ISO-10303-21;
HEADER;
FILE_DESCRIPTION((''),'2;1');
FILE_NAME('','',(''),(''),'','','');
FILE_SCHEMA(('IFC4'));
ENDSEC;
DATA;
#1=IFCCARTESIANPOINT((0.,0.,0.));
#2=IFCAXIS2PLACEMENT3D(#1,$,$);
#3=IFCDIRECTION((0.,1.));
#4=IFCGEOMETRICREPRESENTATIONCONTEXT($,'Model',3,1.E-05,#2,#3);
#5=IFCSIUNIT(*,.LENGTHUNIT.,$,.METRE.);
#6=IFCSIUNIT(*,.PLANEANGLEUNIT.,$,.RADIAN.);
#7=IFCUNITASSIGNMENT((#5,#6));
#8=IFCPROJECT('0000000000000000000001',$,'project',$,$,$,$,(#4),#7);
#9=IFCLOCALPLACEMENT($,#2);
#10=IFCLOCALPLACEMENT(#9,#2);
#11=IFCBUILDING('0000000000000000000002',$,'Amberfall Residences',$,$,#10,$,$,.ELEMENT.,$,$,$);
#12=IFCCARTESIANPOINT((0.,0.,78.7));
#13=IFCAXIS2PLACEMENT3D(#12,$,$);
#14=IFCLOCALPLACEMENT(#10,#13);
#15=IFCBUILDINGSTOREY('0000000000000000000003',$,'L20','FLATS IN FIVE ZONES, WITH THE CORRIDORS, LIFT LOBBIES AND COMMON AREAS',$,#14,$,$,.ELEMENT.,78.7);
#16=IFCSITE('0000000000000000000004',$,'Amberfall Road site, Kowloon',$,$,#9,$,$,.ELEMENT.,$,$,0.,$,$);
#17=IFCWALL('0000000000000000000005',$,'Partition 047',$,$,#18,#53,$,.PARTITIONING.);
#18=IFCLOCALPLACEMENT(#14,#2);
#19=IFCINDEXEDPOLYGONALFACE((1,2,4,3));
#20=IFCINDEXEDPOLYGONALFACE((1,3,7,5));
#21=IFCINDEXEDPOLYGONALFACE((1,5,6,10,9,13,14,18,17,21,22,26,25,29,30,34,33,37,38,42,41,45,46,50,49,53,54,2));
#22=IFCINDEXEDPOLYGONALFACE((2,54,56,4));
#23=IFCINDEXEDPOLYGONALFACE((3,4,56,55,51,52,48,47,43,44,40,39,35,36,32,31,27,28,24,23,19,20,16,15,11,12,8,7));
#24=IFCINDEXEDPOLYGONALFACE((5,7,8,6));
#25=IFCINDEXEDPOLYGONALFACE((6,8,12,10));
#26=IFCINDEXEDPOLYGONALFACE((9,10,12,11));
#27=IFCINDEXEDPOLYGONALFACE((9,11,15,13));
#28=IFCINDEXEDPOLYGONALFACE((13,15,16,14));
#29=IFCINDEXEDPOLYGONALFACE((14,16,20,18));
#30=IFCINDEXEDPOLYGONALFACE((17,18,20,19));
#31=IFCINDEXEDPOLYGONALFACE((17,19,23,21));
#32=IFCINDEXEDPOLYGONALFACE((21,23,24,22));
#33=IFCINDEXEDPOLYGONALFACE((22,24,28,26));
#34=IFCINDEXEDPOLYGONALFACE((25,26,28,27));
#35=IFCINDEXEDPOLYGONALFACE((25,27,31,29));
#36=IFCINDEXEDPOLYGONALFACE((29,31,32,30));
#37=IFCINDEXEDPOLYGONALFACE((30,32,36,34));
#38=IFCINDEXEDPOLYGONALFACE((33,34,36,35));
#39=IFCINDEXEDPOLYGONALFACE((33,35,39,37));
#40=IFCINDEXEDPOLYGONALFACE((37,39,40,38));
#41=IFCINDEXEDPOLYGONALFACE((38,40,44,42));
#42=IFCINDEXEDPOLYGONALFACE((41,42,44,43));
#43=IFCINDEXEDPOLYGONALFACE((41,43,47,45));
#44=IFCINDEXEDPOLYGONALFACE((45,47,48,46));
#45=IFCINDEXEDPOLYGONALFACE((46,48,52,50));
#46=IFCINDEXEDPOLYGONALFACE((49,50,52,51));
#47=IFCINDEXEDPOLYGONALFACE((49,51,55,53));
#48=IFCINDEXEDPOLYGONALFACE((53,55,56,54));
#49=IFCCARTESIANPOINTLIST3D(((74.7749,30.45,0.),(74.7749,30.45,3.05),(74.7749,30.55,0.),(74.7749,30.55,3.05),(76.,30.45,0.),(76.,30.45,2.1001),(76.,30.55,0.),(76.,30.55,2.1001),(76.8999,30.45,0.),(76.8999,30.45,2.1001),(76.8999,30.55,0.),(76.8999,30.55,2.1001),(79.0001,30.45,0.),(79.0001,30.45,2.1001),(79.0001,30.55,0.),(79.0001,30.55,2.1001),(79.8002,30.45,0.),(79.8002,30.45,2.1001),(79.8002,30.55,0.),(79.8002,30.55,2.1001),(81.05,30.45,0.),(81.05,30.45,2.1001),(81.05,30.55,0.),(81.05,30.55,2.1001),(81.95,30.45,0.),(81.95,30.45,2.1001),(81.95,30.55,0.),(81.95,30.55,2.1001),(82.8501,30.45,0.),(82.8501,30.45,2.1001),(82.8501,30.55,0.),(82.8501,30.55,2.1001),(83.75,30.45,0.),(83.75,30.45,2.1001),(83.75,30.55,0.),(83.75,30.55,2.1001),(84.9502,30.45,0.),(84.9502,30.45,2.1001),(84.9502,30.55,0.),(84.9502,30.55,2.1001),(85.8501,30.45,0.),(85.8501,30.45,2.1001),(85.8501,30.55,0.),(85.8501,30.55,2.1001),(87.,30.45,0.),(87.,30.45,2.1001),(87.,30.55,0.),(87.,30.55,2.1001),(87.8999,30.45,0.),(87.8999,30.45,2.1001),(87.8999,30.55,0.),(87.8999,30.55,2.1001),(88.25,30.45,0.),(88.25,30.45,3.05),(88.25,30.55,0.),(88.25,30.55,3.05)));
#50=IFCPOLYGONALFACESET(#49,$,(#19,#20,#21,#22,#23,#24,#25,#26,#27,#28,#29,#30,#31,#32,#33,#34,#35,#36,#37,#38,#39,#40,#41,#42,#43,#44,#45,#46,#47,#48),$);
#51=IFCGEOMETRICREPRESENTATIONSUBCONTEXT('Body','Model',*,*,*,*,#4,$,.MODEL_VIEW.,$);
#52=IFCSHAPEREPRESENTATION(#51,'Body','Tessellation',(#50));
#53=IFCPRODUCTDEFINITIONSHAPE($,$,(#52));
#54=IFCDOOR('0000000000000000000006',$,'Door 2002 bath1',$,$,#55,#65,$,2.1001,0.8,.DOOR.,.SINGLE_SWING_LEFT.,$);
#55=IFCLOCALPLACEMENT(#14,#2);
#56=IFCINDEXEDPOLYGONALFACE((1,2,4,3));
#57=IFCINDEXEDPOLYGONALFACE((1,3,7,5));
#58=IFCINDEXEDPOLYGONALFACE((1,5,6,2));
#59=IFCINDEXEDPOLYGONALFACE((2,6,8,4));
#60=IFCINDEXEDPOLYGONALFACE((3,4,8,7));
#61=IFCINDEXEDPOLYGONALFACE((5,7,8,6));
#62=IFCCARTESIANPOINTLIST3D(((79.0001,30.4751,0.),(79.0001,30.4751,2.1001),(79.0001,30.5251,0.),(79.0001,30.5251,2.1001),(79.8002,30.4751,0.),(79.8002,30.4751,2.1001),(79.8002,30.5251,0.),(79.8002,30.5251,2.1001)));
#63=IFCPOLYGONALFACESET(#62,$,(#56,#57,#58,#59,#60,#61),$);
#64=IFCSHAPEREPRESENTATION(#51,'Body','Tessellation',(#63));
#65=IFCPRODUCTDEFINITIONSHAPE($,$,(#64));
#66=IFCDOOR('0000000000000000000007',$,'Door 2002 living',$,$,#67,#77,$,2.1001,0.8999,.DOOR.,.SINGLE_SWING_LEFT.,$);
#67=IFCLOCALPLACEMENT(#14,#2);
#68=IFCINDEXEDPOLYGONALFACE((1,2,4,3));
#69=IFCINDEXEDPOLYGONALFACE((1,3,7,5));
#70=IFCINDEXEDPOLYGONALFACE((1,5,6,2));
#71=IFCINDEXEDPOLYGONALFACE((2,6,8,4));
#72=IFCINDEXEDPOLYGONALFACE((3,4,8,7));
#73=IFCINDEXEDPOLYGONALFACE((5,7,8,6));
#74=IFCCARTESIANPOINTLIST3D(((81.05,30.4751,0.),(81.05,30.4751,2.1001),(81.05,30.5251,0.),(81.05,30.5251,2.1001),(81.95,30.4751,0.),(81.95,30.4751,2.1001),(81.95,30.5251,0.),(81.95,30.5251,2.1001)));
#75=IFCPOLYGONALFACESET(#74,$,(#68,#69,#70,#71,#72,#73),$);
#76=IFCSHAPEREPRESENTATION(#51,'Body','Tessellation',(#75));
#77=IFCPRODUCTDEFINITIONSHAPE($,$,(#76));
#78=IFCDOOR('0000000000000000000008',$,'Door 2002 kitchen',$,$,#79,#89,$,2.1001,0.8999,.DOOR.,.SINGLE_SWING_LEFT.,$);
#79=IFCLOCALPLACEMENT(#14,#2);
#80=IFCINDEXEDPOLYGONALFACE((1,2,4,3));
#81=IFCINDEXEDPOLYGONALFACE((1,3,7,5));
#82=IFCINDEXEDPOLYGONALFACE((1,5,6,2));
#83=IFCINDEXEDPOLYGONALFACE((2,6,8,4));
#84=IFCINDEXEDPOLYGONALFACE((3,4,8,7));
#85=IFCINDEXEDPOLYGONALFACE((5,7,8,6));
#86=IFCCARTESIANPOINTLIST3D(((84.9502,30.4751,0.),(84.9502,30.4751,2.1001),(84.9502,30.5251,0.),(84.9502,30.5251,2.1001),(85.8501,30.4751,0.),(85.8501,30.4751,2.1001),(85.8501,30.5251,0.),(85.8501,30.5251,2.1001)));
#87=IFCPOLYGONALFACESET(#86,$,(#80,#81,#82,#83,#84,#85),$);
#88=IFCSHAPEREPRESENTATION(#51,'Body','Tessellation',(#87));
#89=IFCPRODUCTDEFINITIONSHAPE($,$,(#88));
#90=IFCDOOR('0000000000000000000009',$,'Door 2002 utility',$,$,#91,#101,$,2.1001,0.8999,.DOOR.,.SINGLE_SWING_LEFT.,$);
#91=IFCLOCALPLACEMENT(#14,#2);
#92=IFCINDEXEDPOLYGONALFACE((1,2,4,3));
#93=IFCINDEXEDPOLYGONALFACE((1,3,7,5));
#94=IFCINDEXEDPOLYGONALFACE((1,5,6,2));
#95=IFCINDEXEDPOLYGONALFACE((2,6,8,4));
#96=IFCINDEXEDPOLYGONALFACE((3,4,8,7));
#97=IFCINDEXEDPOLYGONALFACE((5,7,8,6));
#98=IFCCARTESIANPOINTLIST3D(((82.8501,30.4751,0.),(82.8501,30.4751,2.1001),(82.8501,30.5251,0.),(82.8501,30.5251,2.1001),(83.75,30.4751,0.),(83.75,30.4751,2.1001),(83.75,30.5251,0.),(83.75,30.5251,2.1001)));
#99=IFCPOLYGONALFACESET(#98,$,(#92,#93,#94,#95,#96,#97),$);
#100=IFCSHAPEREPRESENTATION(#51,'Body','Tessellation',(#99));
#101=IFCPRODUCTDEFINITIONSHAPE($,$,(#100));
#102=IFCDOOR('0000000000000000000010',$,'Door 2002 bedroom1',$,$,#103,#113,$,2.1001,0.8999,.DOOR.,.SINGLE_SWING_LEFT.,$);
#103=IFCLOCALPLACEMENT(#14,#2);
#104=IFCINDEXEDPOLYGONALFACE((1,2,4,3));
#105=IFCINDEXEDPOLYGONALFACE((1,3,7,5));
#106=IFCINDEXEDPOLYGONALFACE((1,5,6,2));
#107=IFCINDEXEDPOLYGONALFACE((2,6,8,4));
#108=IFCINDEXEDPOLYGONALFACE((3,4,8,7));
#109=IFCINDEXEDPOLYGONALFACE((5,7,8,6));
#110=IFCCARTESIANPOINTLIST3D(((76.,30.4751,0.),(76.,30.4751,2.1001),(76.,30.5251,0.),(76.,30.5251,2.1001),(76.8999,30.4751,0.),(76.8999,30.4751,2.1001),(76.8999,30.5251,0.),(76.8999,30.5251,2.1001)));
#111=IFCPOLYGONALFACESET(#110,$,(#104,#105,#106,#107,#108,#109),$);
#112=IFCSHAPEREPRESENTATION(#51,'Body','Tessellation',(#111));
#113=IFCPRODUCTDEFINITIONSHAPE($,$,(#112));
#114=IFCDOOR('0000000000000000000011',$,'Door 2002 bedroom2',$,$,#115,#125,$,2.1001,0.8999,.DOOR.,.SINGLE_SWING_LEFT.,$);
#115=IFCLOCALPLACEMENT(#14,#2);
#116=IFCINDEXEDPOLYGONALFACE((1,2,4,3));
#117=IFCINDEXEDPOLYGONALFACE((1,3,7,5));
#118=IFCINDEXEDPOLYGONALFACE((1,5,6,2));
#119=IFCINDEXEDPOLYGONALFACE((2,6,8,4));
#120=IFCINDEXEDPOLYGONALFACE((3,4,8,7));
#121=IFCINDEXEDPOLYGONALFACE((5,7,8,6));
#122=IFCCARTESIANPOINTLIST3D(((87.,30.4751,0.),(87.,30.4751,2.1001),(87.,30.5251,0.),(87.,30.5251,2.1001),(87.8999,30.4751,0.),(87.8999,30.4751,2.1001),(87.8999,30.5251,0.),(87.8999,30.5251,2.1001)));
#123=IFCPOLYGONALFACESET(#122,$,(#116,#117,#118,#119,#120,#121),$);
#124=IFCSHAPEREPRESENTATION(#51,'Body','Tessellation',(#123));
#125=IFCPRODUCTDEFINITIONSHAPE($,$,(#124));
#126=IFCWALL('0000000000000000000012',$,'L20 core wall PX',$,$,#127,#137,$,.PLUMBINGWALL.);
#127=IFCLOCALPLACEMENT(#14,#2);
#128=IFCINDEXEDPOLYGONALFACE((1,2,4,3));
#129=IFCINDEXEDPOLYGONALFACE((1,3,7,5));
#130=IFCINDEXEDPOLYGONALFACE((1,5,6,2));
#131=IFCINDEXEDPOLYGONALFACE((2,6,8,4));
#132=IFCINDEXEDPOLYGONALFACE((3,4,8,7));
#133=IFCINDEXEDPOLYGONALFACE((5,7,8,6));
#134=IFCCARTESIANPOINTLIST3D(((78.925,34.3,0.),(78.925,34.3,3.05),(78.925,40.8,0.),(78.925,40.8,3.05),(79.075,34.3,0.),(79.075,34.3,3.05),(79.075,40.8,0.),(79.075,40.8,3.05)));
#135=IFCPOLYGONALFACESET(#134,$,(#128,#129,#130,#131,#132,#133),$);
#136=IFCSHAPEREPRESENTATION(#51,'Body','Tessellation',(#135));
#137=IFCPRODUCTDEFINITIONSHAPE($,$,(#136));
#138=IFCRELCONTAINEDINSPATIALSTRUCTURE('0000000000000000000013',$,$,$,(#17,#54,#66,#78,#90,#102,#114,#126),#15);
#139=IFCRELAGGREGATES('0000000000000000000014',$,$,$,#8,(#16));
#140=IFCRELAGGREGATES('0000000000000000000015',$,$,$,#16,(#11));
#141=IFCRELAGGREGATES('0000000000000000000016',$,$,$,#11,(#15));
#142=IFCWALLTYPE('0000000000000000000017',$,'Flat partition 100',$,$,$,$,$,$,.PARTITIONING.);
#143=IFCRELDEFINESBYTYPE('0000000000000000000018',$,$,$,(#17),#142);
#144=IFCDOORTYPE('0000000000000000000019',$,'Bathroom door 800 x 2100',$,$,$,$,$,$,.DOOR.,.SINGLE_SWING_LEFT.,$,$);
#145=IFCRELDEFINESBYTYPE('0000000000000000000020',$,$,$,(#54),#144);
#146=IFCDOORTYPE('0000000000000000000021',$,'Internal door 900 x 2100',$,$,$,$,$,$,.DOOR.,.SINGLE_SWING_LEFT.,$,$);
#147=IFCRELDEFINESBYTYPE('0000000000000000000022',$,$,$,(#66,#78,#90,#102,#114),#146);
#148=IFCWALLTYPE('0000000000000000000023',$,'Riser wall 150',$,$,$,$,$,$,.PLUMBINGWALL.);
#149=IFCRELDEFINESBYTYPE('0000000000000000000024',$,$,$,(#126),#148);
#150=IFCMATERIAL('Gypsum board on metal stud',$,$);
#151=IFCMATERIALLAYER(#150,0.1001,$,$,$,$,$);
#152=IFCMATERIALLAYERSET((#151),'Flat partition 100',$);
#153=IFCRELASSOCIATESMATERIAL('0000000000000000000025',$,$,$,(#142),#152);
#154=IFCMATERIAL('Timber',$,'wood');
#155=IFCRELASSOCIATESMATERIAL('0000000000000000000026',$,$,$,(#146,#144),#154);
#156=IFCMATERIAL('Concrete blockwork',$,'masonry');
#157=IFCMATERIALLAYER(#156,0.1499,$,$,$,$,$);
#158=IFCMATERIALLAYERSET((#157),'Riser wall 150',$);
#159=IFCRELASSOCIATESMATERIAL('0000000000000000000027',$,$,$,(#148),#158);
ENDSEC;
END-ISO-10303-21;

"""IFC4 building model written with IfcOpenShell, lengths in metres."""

from ifc_helpers import new_model, si_unit, direction, frame, frame_2d, origin, place, context, subcontext, project, spatial, rectangle, extrude, material, layer, layer_set, type_object, element, fill, save


model = new_model("IFC4")

# Units and contexts
model_context = context("Model", 3, precision=1e-05, world=origin(), true_north=direction((0.0, 1.0)))
body_context = subcontext(model_context, "Body", "Model", "MODEL_VIEW")
ifc_project = project(units=[si_unit("LENGTHUNIT", "METRE"), si_unit("PLANEANGLEUNIT", "RADIAN")], contexts=[model_context])

# Site, building, storey
site_placement = place(None, origin())
site = spatial("IfcSite", under=ifc_project, at=site_placement, Name="Amberfall Road site, Kowloon", CompositionType="ELEMENT", RefElevation=0.0)
building_placement = place(site_placement, origin())
building = spatial("IfcBuilding", under=site, at=building_placement, Name="Amberfall Residences", CompositionType="ELEMENT")
storey_placement = place(building_placement, frame((0.0, 0.0, 78.7)))
storey = spatial("IfcBuildingStorey", under=building, at=storey_placement, Name="L20", Description="FLATS IN FIVE ZONES, WITH THE CORRIDORS, LIFT LOBBIES AND COMMON AREAS", CompositionType="ELEMENT", Elevation=78.7)

# Shared definitions
ifc_material_1 = material(Name="Gypsum board on metal stud")
ifc_layer_1 = layer(ifc_material_1, 0.1001)
ifc_layer_set_1 = layer_set([ifc_layer_1], Name="Flat partition 100")
wall_type_1 = type_object("IfcWallType", Name="Flat partition 100", PredefinedType="PARTITIONING", material=ifc_layer_set_1)

# Wall, openings, doors
ifc_material_2 = material(Name="Timber", Category="wood")
door_type_1 = type_object("IfcDoorType", Name="Internal door 900 x 2100", OperationType="SINGLE_SWING_LEFT", PredefinedType="DOOR", material=ifc_material_2)
wall_1_placement = place(storey_placement, frame((88.25, 30.5, 0.0), z_axis=(0.0, 0.0, 1.0), x_axis=(-1.0, 0.0, 0.0)))
wall_1 = element("IfcWall", 1, at=wall_1_placement, inside=storey, type_object=wall_type_1, Name="Partition 047", PredefinedType="PARTITIONING", context=body_context, shape_type="SweptSolid", body=[
    extrude(rectangle(XDim=13.4751, YDim=0.1001, at=frame_2d((6.7375, 0.0))), origin(), (0.0, 0.0, 1.0), 3.05),
])
opening_1_placement = place(wall_1_placement, frame((6.3, 0.0, 0.0)))
opening_1 = element("IfcOpeningElement", 2, at=opening_1_placement, cuts=wall_1, PredefinedType="OPENING", context=body_context, shape_type="SweptSolid", body=[
    extrude(rectangle(XDim=0.8999, YDim=2.1001, at=frame_2d((0.45, 1.05))), frame((0.0, 0.0601, 0.0), z_axis=(0.0, -1.0, 0.0), x_axis=(1.0, 0.0, 0.0)), (0.0, 0.0, 1.0), 0.1201),
])
opening_2_placement = place(wall_1_placement, frame((2.3999, 0.0, 0.0)))
opening_2 = element("IfcOpeningElement", 3, at=opening_2_placement, cuts=wall_1, PredefinedType="OPENING", context=body_context, shape_type="SweptSolid", body=[
    extrude(rectangle(XDim=0.8999, YDim=2.1001, at=frame_2d((0.45, 1.05))), frame((0.0, 0.0601, 0.0), z_axis=(0.0, -1.0, 0.0), x_axis=(1.0, 0.0, 0.0)), (0.0, 0.0, 1.0), 0.1201),
])
opening_3_placement = place(wall_1_placement, frame((4.5, 0.0, 0.0)))
opening_3 = element("IfcOpeningElement", 4, at=opening_3_placement, cuts=wall_1, PredefinedType="OPENING", context=body_context, shape_type="SweptSolid", body=[
    extrude(rectangle(XDim=0.8999, YDim=2.1001, at=frame_2d((0.45, 1.05))), frame((0.0, 0.0601, 0.0), z_axis=(0.0, -1.0, 0.0), x_axis=(1.0, 0.0, 0.0)), (0.0, 0.0, 1.0), 0.1201),
])
opening_4_placement = place(wall_1_placement, frame((11.3501, 0.0, 0.0)))
opening_4 = element("IfcOpeningElement", 5, at=opening_4_placement, cuts=wall_1, PredefinedType="OPENING", context=body_context, shape_type="SweptSolid", body=[
    extrude(rectangle(XDim=0.8999, YDim=2.1001, at=frame_2d((0.45, 1.05))), frame((0.0, 0.0601, 0.0), z_axis=(0.0, -1.0, 0.0), x_axis=(1.0, 0.0, 0.0)), (0.0, 0.0, 1.0), 0.1201),
])
opening_5_placement = place(wall_1_placement, frame((0.3501, 0.0, 0.0)))
opening_5 = element("IfcOpeningElement", 6, at=opening_5_placement, cuts=wall_1, PredefinedType="OPENING", context=body_context, shape_type="SweptSolid", body=[
    extrude(rectangle(XDim=0.8999, YDim=2.1001, at=frame_2d((0.45, 1.05))), frame((0.0, 0.0601, 0.0), z_axis=(0.0, -1.0, 0.0), x_axis=(1.0, 0.0, 0.0)), (0.0, 0.0, 1.0), 0.1201),
])
opening_6_placement = place(wall_1_placement, frame((8.45, 0.0, 0.0)))
opening_6 = element("IfcOpeningElement", 7, at=opening_6_placement, cuts=wall_1, PredefinedType="OPENING", context=body_context, shape_type="SweptSolid", body=[
    extrude(rectangle(XDim=0.8, YDim=2.1001, at=frame_2d((0.3999, 1.05))), frame((0.0, 0.0601, 0.0), z_axis=(0.0, -1.0, 0.0), x_axis=(1.0, 0.0, 0.0)), (0.0, 0.0, 1.0), 0.1201),
])
door_type_2 = type_object("IfcDoorType", Name="Bathroom door 800 x 2100", OperationType="SINGLE_SWING_LEFT", PredefinedType="DOOR", material=ifc_material_2)
door_1_placement = place(opening_6_placement, origin())
door_1 = element("IfcDoor", 8, at=door_1_placement, inside=storey, type_object=door_type_2, Name="Door 2002 bath1", OperationType="SINGLE_SWING_LEFT", OverallHeight=2.1001, OverallWidth=0.8, PredefinedType="DOOR", context=body_context, shape_type="SweptSolid", body=[
    extrude(rectangle(XDim=0.8, YDim=2.1001, at=frame_2d((0.3999, 1.05))), frame((0.0, 0.0249, 0.0), z_axis=(0.0, -1.0, 0.0), x_axis=(1.0, 0.0, 0.0)), (0.0, 0.0, 1.0), 0.05),
])
fill(opening_6, door_1)
door_2_placement = place(opening_1_placement, origin())
door_2 = element("IfcDoor", 9, at=door_2_placement, inside=storey, type_object=door_type_1, Name="Door 2002 living", OperationType="SINGLE_SWING_LEFT", OverallHeight=2.1001, OverallWidth=0.8999, PredefinedType="DOOR", context=body_context, shape_type="SweptSolid", body=[
    extrude(rectangle(XDim=0.8999, YDim=2.1001, at=frame_2d((0.45, 1.05))), frame((0.0, 0.0249, 0.0), z_axis=(0.0, -1.0, 0.0), x_axis=(1.0, 0.0, 0.0)), (0.0, 0.0, 1.0), 0.05),
])
fill(opening_1, door_2)
door_3_placement = place(opening_2_placement, origin())
door_3 = element("IfcDoor", 10, at=door_3_placement, inside=storey, type_object=door_type_1, Name="Door 2002 kitchen", OperationType="SINGLE_SWING_LEFT", OverallHeight=2.1001, OverallWidth=0.8999, PredefinedType="DOOR", context=body_context, shape_type="SweptSolid", body=[
    extrude(rectangle(XDim=0.8999, YDim=2.1001, at=frame_2d((0.45, 1.05))), frame((0.0, 0.0249, 0.0), z_axis=(0.0, -1.0, 0.0), x_axis=(1.0, 0.0, 0.0)), (0.0, 0.0, 1.0), 0.05),
])
fill(opening_2, door_3)
door_4_placement = place(opening_3_placement, origin())
door_4 = element("IfcDoor", 11, at=door_4_placement, inside=storey, type_object=door_type_1, Name="Door 2002 utility", OperationType="SINGLE_SWING_LEFT", OverallHeight=2.1001, OverallWidth=0.8999, PredefinedType="DOOR", context=body_context, shape_type="SweptSolid", body=[
    extrude(rectangle(XDim=0.8999, YDim=2.1001, at=frame_2d((0.45, 1.05))), frame((0.0, 0.0249, 0.0), z_axis=(0.0, -1.0, 0.0), x_axis=(1.0, 0.0, 0.0)), (0.0, 0.0, 1.0), 0.05),
])
fill(opening_3, door_4)
door_5_placement = place(opening_4_placement, origin())
door_5 = element("IfcDoor", 12, at=door_5_placement, inside=storey, type_object=door_type_1, Name="Door 2002 bedroom1", OperationType="SINGLE_SWING_LEFT", OverallHeight=2.1001, OverallWidth=0.8999, PredefinedType="DOOR", context=body_context, shape_type="SweptSolid", body=[
    extrude(rectangle(XDim=0.8999, YDim=2.1001, at=frame_2d((0.45, 1.05))), frame((0.0, 0.0249, 0.0), z_axis=(0.0, -1.0, 0.0), x_axis=(1.0, 0.0, 0.0)), (0.0, 0.0, 1.0), 0.05),
])
fill(opening_4, door_5)
door_6_placement = place(opening_5_placement, origin())
door_6 = element("IfcDoor", 13, at=door_6_placement, inside=storey, type_object=door_type_1, Name="Door 2002 bedroom2", OperationType="SINGLE_SWING_LEFT", OverallHeight=2.1001, OverallWidth=0.8999, PredefinedType="DOOR", context=body_context, shape_type="SweptSolid", body=[
    extrude(rectangle(XDim=0.8999, YDim=2.1001, at=frame_2d((0.45, 1.05))), frame((0.0, 0.0249, 0.0), z_axis=(0.0, -1.0, 0.0), x_axis=(1.0, 0.0, 0.0)), (0.0, 0.0, 1.0), 0.05),
])
fill(opening_5, door_6)

# Wall
ifc_material_3 = material(Name="Concrete blockwork", Category="masonry")
ifc_layer_2 = layer(ifc_material_3, 0.1499)
ifc_layer_set_2 = layer_set([ifc_layer_2], Name="Riser wall 150")
wall_type_2 = type_object("IfcWallType", Name="Riser wall 150", PredefinedType="PLUMBINGWALL", material=ifc_layer_set_2)
wall_2_placement = place(storey_placement, frame((79.0, 34.3, 0.0), z_axis=(0.0, 0.0, 1.0), x_axis=(0.0, 1.0, 0.0)))
element("IfcWall", 14, at=wall_2_placement, inside=storey, type_object=wall_type_2, Name="L20 core wall PX", PredefinedType="PLUMBINGWALL", context=body_context, shape_type="SweptSolid", body=[
    extrude(rectangle(XDim=6.5, YDim=0.1499, at=frame_2d((3.25, 0.0))), origin(), (0.0, 0.0, 1.0), 3.05),
])

save(model, "model.ifc")
